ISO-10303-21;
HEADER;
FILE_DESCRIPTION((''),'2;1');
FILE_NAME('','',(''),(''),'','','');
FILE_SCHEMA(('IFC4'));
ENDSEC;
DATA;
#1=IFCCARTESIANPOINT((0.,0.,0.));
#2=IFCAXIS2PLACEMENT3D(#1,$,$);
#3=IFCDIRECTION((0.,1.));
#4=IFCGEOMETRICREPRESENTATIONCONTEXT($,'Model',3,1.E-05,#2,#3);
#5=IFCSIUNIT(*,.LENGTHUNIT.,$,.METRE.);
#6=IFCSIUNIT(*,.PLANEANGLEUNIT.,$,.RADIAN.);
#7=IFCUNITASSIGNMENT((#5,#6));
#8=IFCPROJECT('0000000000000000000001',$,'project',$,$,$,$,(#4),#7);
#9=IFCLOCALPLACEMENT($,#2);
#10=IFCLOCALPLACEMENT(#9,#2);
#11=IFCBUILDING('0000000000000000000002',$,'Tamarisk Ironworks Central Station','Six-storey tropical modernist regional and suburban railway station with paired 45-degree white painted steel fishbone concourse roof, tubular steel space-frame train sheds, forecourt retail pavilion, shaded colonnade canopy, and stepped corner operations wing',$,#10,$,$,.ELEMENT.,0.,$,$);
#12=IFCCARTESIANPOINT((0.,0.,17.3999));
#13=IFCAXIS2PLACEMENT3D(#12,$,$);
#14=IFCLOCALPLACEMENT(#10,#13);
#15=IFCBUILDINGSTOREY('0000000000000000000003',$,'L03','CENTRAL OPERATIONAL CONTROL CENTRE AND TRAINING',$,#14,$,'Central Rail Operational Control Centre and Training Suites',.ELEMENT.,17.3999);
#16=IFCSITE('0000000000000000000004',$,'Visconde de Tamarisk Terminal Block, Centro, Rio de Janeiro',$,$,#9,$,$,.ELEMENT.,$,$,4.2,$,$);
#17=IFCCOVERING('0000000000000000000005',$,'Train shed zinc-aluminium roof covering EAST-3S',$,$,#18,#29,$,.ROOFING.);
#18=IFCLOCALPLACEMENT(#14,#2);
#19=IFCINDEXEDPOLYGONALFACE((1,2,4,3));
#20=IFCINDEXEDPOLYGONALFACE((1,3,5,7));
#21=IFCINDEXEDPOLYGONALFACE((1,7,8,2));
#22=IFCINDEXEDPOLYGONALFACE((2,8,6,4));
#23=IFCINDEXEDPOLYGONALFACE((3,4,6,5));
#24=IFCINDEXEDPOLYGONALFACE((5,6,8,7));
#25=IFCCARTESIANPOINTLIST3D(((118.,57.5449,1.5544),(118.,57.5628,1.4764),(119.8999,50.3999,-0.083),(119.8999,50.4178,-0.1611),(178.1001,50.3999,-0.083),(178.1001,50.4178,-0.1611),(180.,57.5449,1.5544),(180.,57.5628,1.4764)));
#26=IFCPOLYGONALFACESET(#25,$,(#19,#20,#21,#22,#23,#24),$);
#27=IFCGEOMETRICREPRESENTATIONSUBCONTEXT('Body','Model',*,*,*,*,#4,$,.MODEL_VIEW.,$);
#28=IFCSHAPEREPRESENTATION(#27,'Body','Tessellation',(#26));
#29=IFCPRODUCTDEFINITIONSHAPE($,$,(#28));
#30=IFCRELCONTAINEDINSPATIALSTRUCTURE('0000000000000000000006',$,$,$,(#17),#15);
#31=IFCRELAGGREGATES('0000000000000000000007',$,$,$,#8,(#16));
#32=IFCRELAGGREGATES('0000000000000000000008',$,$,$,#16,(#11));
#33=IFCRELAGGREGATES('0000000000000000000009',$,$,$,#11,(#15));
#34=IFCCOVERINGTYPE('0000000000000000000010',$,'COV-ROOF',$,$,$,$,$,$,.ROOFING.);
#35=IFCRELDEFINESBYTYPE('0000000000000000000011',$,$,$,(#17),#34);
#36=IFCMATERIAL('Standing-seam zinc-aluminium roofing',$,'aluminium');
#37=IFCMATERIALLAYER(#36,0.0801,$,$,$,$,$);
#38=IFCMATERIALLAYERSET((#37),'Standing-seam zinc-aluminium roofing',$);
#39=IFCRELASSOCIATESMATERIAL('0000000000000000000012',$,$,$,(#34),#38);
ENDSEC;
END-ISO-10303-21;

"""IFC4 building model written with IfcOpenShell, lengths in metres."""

from ifc_helpers import new_model, si_unit, direction, frame, origin, place, context, subcontext, project, spatial, polyline, outline, extrude, material, layer, layer_set, type_object, element, save


model = new_model("IFC4")

# Units and contexts
model_context = context("Model", 3, precision=1e-05, world=origin(), true_north=direction((0.0, 1.0)))
body_context = subcontext(model_context, "Body", "Model", "MODEL_VIEW")
ifc_project = project(units=[si_unit("LENGTHUNIT", "METRE"), si_unit("PLANEANGLEUNIT", "RADIAN")], contexts=[model_context])

# Site, building, storey
site_placement = place(None, origin())
site = spatial("IfcSite", under=ifc_project, at=site_placement, Name="Visconde de Tamarisk Terminal Block, Centro, Rio de Janeiro", CompositionType="ELEMENT", RefElevation=4.2)
building_placement = place(site_placement, origin())
building = spatial("IfcBuilding", under=site, at=building_placement, Name="Tamarisk Ironworks Central Station", Description="Six-storey tropical modernist regional and suburban railway station with paired 45-degree white painted steel fishbone concourse roof, tubular steel space-frame train sheds, forecourt retail pavilion, shaded colonnade canopy, and stepped corner operations wing", CompositionType="ELEMENT", ElevationOfRefHeight=0.0)
storey_placement = place(building_placement, frame((0.0, 0.0, 17.3999)))
storey = spatial("IfcBuildingStorey", under=building, at=storey_placement, Name="L03", Description="CENTRAL OPERATIONAL CONTROL CENTRE AND TRAINING", LongName="Central Rail Operational Control Centre and Training Suites", CompositionType="ELEMENT", Elevation=17.3999)

# Covering
ifc_material_1 = material(Name="Standing-seam zinc-aluminium roofing", Category="aluminium")
ifc_layer_1 = layer(ifc_material_1, 0.0801)
ifc_layer_set_1 = layer_set([ifc_layer_1], Name="Standing-seam zinc-aluminium roofing")
covering_type = type_object("IfcCoveringType", Name="COV-ROOF", PredefinedType="ROOFING", material=ifc_layer_set_1)
covering_placement = place(storey_placement, frame((119.8999, 50.3999, -0.083), z_axis=(0.0, -0.223383, 0.974731), x_axis=(1.0, 0.0, 0.0)))
element("IfcCovering", 1, at=covering_placement, inside=storey, type_object=covering_type, Name="Train shed zinc-aluminium roof covering EAST-3S", PredefinedType="ROOFING", context=body_context, shape_type="SweptSolid", body=[
    extrude(outline(polyline([(0.0, 0.0), (58.2002, 0.0), (60.1001, 7.3302), (-1.8999, 7.3302), (0.0, 0.0)])), origin(), (0.0, 0.0, -1.0), 0.0801),
])

save(model, "model.ifc")
